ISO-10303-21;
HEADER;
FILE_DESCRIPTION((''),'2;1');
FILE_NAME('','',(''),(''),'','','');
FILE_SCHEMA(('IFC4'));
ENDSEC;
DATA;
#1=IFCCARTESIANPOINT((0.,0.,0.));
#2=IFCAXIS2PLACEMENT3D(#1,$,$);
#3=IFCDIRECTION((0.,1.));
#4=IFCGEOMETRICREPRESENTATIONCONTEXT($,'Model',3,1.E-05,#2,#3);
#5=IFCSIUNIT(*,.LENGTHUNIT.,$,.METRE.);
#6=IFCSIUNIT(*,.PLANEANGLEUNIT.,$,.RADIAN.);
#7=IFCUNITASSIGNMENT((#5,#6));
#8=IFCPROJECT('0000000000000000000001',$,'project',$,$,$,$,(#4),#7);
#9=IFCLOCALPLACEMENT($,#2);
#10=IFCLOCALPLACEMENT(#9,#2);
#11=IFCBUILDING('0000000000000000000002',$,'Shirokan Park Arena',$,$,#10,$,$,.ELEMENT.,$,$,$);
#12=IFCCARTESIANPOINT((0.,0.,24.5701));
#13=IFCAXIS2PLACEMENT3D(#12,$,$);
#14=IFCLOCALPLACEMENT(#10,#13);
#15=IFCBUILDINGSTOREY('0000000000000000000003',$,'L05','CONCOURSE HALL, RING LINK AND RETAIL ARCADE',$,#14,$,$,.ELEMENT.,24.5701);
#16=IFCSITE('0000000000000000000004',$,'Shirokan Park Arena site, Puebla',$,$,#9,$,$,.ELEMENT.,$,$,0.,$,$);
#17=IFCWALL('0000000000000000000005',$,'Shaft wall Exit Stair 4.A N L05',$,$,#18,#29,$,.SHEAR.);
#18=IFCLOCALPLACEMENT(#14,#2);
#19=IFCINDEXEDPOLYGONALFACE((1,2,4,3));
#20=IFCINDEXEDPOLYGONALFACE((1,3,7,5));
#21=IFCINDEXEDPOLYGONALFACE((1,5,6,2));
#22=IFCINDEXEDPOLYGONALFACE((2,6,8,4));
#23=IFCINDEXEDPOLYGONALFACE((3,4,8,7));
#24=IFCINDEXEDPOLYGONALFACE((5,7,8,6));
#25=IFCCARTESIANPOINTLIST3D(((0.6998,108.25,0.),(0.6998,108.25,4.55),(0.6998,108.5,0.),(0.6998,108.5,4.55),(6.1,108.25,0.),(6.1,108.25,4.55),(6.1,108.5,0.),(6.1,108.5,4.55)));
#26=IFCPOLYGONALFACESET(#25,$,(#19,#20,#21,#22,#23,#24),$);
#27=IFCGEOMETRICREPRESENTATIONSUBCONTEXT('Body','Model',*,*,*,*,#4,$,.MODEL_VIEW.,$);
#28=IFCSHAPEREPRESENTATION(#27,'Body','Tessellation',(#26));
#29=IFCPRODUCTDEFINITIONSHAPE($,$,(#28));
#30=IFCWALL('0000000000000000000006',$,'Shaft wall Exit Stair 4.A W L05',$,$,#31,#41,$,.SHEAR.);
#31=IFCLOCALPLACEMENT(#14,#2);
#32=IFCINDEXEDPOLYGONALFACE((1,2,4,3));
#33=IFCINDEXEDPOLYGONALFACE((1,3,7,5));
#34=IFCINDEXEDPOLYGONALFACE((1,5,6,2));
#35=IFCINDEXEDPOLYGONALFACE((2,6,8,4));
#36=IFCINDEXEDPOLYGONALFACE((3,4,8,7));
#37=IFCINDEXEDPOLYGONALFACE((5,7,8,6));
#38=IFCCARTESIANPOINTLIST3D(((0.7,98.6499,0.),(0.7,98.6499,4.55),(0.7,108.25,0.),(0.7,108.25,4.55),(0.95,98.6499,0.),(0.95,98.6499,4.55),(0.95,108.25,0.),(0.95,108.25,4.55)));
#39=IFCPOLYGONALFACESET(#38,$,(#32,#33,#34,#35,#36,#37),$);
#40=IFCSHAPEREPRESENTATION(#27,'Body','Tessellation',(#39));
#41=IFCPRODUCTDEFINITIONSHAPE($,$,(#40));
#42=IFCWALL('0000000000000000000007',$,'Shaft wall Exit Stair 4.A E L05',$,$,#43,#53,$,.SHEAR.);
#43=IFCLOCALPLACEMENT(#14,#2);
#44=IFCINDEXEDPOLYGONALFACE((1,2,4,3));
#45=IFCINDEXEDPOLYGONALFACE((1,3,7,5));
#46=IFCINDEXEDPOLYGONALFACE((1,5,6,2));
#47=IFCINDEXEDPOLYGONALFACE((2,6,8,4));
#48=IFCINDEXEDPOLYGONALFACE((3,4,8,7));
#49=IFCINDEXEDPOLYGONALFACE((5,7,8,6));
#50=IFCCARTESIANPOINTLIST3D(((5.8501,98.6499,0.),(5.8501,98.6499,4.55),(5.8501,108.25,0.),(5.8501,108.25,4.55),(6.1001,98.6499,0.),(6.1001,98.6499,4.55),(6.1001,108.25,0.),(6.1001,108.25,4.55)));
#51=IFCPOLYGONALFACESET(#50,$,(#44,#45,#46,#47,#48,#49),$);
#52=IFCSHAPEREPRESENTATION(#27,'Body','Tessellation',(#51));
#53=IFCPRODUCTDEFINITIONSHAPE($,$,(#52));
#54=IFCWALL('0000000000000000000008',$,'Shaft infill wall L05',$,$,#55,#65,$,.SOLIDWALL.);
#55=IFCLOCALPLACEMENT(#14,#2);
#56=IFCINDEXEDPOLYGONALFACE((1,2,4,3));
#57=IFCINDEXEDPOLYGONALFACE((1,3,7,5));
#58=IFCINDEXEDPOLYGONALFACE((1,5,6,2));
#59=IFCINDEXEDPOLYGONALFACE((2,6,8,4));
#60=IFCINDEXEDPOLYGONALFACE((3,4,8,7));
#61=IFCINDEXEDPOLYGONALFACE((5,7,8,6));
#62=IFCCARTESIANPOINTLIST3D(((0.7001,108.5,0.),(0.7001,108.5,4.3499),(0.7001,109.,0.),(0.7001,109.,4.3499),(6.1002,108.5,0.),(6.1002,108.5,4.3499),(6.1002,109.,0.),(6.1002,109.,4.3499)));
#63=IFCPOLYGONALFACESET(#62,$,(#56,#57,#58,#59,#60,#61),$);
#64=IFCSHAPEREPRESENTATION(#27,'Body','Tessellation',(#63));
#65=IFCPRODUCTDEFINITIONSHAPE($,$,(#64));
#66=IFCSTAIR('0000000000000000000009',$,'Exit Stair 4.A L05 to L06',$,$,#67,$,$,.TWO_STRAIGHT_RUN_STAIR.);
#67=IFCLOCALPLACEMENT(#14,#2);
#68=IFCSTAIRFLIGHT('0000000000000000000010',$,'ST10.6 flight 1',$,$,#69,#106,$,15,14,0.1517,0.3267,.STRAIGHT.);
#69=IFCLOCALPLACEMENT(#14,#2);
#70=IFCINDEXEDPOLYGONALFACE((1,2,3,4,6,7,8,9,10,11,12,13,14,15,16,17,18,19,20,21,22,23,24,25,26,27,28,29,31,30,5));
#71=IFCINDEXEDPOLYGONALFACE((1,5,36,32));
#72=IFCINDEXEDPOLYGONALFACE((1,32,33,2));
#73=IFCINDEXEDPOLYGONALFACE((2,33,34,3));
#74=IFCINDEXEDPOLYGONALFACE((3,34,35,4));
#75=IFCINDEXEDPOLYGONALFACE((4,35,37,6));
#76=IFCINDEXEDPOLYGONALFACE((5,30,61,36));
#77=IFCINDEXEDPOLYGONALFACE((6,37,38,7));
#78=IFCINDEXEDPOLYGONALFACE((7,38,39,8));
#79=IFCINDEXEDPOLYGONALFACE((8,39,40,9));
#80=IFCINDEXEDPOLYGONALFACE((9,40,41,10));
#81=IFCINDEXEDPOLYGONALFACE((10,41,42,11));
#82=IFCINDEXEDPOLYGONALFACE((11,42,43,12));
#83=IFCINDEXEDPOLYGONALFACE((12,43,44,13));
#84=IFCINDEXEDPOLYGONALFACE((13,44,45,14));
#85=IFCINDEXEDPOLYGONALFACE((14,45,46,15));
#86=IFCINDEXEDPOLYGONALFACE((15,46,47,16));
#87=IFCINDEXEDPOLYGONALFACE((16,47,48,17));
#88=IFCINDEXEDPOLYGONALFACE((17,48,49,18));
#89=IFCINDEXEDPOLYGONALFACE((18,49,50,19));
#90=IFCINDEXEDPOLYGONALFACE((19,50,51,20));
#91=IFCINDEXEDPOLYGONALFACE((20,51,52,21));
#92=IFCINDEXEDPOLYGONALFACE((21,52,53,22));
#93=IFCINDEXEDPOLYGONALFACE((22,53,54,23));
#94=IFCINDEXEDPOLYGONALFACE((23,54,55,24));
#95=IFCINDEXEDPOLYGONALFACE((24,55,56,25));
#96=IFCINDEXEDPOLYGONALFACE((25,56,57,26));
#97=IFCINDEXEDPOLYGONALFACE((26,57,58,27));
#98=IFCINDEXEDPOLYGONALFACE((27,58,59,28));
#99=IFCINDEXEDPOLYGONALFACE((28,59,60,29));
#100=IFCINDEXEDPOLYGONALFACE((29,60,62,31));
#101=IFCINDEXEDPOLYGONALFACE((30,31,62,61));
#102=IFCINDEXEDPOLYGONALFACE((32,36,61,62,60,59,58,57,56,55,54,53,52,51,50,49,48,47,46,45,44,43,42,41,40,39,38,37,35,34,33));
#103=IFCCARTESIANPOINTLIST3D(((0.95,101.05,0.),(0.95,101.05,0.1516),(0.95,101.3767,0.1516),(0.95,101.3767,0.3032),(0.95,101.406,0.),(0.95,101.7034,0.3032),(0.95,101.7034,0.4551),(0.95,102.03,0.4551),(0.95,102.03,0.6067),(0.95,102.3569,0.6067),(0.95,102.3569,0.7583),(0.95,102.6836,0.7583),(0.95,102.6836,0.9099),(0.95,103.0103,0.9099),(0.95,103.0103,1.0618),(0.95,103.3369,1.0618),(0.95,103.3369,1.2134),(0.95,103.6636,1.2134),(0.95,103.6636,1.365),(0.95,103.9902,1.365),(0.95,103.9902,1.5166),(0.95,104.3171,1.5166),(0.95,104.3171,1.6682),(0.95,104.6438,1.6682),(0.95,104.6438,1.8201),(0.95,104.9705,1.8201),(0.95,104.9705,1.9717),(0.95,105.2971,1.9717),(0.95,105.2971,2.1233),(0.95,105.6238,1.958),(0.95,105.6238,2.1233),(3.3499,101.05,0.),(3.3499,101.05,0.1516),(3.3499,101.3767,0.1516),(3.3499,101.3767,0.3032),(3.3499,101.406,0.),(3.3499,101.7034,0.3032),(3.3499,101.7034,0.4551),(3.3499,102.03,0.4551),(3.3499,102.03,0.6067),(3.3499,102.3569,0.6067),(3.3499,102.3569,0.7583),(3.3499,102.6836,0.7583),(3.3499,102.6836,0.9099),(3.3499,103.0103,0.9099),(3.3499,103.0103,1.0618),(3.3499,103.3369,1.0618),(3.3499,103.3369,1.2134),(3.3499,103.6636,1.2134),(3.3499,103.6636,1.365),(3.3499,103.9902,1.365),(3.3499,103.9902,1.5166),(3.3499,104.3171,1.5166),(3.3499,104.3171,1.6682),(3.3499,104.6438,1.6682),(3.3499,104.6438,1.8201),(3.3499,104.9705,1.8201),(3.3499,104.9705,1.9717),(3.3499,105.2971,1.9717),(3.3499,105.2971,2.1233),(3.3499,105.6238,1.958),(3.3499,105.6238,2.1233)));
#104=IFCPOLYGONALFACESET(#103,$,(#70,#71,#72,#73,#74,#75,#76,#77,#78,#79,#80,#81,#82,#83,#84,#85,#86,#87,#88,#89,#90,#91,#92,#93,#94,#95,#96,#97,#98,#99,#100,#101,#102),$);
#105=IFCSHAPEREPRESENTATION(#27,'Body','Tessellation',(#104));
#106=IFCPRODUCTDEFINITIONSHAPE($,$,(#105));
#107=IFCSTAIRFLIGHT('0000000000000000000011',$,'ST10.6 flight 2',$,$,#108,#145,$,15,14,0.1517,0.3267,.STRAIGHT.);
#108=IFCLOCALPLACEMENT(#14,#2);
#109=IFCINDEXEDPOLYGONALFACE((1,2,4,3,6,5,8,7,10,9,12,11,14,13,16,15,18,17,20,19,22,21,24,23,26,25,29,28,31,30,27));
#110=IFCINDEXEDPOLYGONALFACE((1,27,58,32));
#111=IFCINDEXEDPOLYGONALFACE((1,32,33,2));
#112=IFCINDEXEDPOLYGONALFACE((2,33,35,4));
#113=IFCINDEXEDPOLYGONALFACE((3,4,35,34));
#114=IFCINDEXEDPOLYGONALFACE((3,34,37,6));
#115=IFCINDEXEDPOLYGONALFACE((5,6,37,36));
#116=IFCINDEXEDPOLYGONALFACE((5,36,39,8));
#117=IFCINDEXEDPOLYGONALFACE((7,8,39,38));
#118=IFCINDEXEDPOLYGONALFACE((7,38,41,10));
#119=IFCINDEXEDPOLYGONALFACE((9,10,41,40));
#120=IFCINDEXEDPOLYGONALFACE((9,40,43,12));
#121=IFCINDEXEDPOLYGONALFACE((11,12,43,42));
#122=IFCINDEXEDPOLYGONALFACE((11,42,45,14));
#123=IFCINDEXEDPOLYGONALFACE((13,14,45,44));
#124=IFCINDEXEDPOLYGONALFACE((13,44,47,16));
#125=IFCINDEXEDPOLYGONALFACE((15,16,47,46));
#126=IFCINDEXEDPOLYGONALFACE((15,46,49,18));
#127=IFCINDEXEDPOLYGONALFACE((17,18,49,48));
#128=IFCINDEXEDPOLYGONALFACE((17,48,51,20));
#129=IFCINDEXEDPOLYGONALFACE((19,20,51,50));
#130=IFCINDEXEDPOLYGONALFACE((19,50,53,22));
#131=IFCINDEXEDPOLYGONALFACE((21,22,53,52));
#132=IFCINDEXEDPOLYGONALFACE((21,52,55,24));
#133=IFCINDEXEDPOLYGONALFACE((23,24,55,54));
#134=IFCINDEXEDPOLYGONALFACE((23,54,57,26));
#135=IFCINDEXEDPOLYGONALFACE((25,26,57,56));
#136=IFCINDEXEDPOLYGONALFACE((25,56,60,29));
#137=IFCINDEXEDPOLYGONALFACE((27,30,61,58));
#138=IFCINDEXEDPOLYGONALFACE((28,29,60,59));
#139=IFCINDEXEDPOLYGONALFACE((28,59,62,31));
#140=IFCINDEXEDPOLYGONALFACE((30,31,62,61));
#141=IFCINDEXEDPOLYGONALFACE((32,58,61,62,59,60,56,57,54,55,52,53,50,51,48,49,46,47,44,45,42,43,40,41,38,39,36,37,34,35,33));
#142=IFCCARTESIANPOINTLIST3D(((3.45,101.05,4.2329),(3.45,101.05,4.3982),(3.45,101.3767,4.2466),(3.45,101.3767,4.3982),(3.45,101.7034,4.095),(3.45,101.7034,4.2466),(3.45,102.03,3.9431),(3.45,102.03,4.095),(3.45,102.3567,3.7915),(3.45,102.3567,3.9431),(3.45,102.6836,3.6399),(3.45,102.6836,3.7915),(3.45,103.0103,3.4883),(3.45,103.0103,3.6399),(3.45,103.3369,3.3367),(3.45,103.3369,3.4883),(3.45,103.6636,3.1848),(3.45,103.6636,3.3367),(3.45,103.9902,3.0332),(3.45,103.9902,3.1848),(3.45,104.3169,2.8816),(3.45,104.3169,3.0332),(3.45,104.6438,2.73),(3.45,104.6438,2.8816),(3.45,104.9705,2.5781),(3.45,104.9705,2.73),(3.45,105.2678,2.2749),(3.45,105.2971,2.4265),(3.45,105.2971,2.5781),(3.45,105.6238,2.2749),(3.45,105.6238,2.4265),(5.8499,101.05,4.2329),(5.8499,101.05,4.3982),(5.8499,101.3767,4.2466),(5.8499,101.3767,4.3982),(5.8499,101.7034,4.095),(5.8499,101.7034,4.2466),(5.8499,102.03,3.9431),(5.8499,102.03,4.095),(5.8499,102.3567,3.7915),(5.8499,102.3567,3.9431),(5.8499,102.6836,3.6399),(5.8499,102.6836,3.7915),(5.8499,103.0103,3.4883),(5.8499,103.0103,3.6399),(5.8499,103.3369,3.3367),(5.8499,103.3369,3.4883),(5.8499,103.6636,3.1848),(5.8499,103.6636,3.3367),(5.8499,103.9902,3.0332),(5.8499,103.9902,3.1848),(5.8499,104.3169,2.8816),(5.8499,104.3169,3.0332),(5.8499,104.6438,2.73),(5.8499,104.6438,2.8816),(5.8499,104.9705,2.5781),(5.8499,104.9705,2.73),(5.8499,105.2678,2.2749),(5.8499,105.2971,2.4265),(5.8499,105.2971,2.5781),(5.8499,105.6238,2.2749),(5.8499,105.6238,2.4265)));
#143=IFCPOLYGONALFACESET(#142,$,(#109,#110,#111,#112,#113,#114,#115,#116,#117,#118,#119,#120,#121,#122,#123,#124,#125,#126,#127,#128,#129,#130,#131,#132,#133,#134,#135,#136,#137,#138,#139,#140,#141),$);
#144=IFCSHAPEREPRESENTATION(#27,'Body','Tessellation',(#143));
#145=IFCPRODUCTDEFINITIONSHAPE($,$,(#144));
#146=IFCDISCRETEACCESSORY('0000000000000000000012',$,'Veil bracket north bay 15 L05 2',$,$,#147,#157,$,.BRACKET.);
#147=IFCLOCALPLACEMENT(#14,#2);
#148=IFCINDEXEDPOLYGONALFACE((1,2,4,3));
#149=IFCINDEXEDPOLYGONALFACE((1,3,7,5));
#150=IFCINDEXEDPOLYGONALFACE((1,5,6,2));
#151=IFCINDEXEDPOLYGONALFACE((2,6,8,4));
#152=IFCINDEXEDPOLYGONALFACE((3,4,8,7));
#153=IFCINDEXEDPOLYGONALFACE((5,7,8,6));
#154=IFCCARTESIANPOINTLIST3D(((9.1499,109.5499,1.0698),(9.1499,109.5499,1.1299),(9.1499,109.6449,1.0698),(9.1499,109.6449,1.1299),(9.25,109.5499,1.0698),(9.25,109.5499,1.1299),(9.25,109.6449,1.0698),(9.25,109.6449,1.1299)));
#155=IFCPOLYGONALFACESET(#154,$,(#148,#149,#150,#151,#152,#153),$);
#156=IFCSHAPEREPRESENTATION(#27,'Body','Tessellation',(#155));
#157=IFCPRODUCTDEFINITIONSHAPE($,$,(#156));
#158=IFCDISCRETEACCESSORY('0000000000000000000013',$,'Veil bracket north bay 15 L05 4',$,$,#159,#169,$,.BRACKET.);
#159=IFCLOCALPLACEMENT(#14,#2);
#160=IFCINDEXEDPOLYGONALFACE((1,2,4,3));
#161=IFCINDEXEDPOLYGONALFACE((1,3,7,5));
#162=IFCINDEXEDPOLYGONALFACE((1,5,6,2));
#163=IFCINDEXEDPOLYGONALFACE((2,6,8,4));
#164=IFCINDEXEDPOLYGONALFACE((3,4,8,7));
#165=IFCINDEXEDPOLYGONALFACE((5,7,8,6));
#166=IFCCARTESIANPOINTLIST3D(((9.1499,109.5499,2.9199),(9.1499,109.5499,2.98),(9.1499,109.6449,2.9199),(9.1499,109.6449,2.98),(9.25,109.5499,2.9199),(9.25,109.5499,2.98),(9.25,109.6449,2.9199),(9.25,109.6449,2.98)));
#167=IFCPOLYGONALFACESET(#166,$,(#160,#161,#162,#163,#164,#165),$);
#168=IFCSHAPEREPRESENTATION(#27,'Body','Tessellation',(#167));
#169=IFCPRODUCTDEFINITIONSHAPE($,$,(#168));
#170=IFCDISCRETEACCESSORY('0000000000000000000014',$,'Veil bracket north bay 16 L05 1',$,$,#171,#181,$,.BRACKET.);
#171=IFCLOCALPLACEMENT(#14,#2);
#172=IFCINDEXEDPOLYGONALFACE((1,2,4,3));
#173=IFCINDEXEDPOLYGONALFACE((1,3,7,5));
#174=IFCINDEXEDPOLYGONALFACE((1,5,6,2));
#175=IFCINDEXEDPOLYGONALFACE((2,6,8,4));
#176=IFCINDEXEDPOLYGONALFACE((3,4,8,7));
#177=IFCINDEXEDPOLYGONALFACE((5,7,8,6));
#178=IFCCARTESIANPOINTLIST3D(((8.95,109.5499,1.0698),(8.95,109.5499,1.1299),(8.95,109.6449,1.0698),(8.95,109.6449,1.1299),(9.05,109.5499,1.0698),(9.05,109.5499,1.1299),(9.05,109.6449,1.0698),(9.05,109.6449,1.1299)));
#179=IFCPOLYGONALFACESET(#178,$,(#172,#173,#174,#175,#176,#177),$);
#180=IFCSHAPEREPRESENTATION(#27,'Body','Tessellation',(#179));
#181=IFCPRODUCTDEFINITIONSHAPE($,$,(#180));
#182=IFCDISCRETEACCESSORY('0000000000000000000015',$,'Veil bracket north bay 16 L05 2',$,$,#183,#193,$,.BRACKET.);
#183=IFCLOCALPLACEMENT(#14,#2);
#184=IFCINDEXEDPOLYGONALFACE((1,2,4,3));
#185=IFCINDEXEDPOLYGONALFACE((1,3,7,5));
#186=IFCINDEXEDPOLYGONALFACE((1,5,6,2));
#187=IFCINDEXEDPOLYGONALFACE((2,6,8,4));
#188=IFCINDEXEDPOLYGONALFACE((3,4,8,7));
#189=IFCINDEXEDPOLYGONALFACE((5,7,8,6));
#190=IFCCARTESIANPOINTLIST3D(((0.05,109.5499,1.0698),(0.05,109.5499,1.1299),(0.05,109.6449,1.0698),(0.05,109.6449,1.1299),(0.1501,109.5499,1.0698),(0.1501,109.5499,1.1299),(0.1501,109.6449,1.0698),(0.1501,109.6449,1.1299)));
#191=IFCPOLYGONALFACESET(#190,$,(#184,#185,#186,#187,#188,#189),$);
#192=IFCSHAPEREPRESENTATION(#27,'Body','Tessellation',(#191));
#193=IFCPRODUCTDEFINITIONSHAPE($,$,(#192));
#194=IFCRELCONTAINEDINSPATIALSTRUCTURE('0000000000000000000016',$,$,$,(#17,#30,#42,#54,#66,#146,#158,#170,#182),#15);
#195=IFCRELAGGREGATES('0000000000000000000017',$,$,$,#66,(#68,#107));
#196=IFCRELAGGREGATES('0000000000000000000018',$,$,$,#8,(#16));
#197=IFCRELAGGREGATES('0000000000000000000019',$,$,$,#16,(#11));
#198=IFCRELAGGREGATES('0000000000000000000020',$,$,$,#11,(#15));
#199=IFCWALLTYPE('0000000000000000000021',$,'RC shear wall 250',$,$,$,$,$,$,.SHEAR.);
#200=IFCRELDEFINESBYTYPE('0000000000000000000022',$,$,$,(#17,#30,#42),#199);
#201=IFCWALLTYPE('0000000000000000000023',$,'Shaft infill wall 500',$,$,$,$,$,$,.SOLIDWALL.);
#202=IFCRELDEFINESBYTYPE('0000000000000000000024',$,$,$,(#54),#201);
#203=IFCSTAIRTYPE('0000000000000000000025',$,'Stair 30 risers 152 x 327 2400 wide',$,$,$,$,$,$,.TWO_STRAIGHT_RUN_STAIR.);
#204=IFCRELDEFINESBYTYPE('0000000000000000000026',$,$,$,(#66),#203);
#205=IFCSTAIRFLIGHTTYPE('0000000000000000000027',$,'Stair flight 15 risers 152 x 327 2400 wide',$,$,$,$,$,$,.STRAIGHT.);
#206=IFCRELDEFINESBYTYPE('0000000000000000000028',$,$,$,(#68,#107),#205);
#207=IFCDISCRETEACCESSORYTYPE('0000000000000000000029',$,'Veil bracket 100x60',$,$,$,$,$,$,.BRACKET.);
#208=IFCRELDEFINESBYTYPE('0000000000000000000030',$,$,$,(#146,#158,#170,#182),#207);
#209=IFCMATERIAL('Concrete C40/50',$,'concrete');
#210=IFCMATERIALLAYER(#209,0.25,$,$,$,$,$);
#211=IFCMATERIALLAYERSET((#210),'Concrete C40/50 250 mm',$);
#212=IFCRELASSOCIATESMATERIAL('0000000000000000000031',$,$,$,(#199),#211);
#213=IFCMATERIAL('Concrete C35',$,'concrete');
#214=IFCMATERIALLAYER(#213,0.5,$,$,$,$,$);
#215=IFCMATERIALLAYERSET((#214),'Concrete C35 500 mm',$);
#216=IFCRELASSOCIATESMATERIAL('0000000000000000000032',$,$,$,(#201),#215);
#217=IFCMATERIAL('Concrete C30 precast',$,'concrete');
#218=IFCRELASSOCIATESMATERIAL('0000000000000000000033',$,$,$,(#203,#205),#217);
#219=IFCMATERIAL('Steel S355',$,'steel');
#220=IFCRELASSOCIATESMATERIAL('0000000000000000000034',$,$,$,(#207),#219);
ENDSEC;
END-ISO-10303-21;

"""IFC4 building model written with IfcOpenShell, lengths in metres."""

from ifc_helpers import new_model, si_unit, direction, frame, frame_2d, origin, origin_2d, place, context, subcontext, project, spatial, polyline, rectangle, outline, extrude, material, layer, layer_set, type_object, element, aggregate, save


model = new_model("IFC4")

# Units and contexts
model_context = context("Model", 3, precision=1e-05, world=origin(), true_north=direction((0.0, 1.0)))
body_context = subcontext(model_context, "Body", "Model", "MODEL_VIEW")
ifc_project = project(units=[si_unit("LENGTHUNIT", "METRE"), si_unit("PLANEANGLEUNIT", "RADIAN")], contexts=[model_context])

# Site, building, storey
site_placement = place(None, origin())
site = spatial("IfcSite", under=ifc_project, at=site_placement, Name="Shirokan Park Arena site, Puebla", CompositionType="ELEMENT", RefElevation=0.0)
building_placement = place(site_placement, origin())
building = spatial("IfcBuilding", under=site, at=building_placement, Name="Shirokan Park Arena", CompositionType="ELEMENT")
storey_placement = place(building_placement, frame((0.0, 0.0, 24.5701)))
storey = spatial("IfcBuildingStorey", under=building, at=storey_placement, Name="L05", Description="CONCOURSE HALL, RING LINK AND RETAIL ARCADE", CompositionType="ELEMENT", Elevation=24.5701)

# Shared definitions
ifc_material_1 = material(Name="Concrete C35", Category="concrete")

# Walls
ifc_material_2 = material(Name="Concrete C40/50", Category="concrete")
ifc_layer_1 = layer(ifc_material_2, 0.25)
ifc_layer_set_1 = layer_set([ifc_layer_1], Name="Concrete C40/50 250 mm")
wall_type_1 = type_object("IfcWallType", Name="RC shear wall 250", PredefinedType="SHEAR", material=ifc_layer_set_1)
wall_1_placement = place(storey_placement, frame((6.1001, 108.375, 0.0), z_axis=(0.0, 0.0, 1.0), x_axis=(-1.0, 0.0, 0.0)))
element("IfcWall", 1, at=wall_1_placement, inside=storey, type_object=wall_type_1, Name="Shaft wall Exit Stair 4.A N L05", PredefinedType="SHEAR", context=body_context, shape_type="SweptSolid", body=[
    extrude(rectangle(XDim=5.4001, YDim=0.25, at=frame_2d((2.7002, 0.0))), origin(), (0.0, 0.0, 1.0), 4.55),
])
for number, where, z_axis, x_axis, name in (
    (2, (0.825, 108.25, 0.0), (0.0, 0.0, 1.0), (0.0, -1.0, 0.0), "Shaft wall Exit Stair 4.A W L05"),
    (3, (5.9751, 108.25, 0.0), (0.0, 0.0, 1.0), (0.0, -1.0, 0.0), "Shaft wall Exit Stair 4.A E L05"),
):
    element("IfcWall", number, at=place(storey_placement, frame(where, z_axis=z_axis, x_axis=x_axis)), inside=storey, type_object=wall_type_1, Name=name, PredefinedType="SHEAR", context=body_context, shape_type="SweptSolid", body=[
        extrude(rectangle(XDim=9.6001, YDim=0.25, at=frame_2d((4.8, 0.0))), origin(), (0.0, 0.0, 1.0), 4.55),
    ])
ifc_layer_2 = layer(ifc_material_1, 0.5)
ifc_layer_set_2 = layer_set([ifc_layer_2], Name="Concrete C35 500 mm")
wall_type_2 = type_object("IfcWallType", Name="Shaft infill wall 500", PredefinedType="SOLIDWALL", material=ifc_layer_set_2)
wall_2_placement = place(storey_placement, frame((0.7, 108.75, 0.0), z_axis=(0.0, 0.0, 1.0), x_axis=(1.0, 0.0, 0.0)))
element("IfcWall", 4, at=wall_2_placement, inside=storey, type_object=wall_type_2, Name="Shaft infill wall L05", PredefinedType="SOLIDWALL", context=body_context, shape_type="SweptSolid", body=[
    extrude(rectangle(XDim=5.4001, YDim=0.5, at=frame_2d((2.7002, 0.0))), origin(), (0.0, 0.0, 1.0), 4.3499),
])

# Stair, stair flights
ifc_material_3 = material(Name="Concrete C30 precast", Category="concrete")
stair_type = type_object("IfcStairType", Name="Stair 30 risers 152 x 327 2400 wide", PredefinedType="TWO_STRAIGHT_RUN_STAIR", material=ifc_material_3)
stair_placement = place(storey_placement, origin())
stair = element("IfcStair", 5, at=stair_placement, inside=storey, type_object=stair_type, Name="Exit Stair 4.A L05 to L06", PredefinedType="TWO_STRAIGHT_RUN_STAIR")
stair_flight_type = type_object("IfcStairFlightType", Name="Stair flight 15 risers 152 x 327 2400 wide", PredefinedType="STRAIGHT", material=ifc_material_3)
stair_flight_1_placement = place(storey_placement, frame((2.1499, 101.05, 0.0), z_axis=(0.0, 0.0, 1.0), x_axis=(0.0, 1.0, 0.0)))
stair_flight_1 = element("IfcStairFlight", 6, at=stair_flight_1_placement, type_object=stair_flight_type, Name="ST10.6 flight 1", NumberOfRisers=15, NumberOfTreads=14, PredefinedType="STRAIGHT", RiserHeight=0.1517, TreadLength=0.3267, context=body_context, shape_type="SweptSolid", body=[
    extrude(outline(polyline([(0.0, 0.0), (0.0, 0.1516), (0.3267, 0.1516), (0.3267, 0.3032), (0.6533, 0.3032), (0.6533, 0.4551), (0.98, 0.4551), (0.98, 0.6067), (1.3069, 0.6067), (1.3069, 0.7583), (1.6335, 0.7583), (1.6335, 0.9099), (1.9602, 0.9099), (1.9602, 1.0618), (2.2869, 1.0618), (2.2869, 1.2134), (2.6135, 1.2134), (2.6135, 1.365), (2.9402, 1.365), (2.9402, 1.5166), (3.2671, 1.5166), (3.2671, 1.6682), (3.5938, 1.6682), (3.5938, 1.8201), (3.9204, 1.8201), (3.9204, 1.9717), (4.2471, 1.9717), (4.2471, 2.1233), (4.5737, 2.1233), (4.5737, 2.2749), (4.5737, 1.958), (0.356, 0.0), (0.0, 0.0)])), frame((0.0, 1.2, 0.0), z_axis=(0.0, -1.0, 0.0), x_axis=(1.0, 0.0, 0.0)), (0.0, 0.0, 1.0), 2.3999),
])
stair_flight_2_placement = place(storey_placement, frame((4.6499, 105.6238, 2.2749), z_axis=(0.0, 0.0, 1.0), x_axis=(0.0, -1.0, 0.0)))
stair_flight_2 = element("IfcStairFlight", 7, at=stair_flight_2_placement, type_object=stair_flight_type, Name="ST10.6 flight 2", NumberOfRisers=15, NumberOfTreads=14, PredefinedType="STRAIGHT", RiserHeight=0.1517, TreadLength=0.3267, context=body_context, shape_type="SweptSolid", body=[
    extrude(outline(polyline([(0.0, 0.0), (0.0, 0.1516), (0.3267, 0.1516), (0.3267, 0.3032), (0.6533, 0.3032), (0.6533, 0.4551), (0.98, 0.4551), (0.98, 0.6067), (1.3069, 0.6067), (1.3069, 0.7583), (1.6335, 0.7583), (1.6335, 0.9099), (1.9602, 0.9099), (1.9602, 1.0618), (2.2869, 1.0618), (2.2869, 1.2134), (2.6135, 1.2134), (2.6135, 1.365), (2.9402, 1.365), (2.9402, 1.5166), (3.2671, 1.5166), (3.2671, 1.6682), (3.5938, 1.6682), (3.5938, 1.8201), (3.9204, 1.8201), (3.9204, 1.9717), (4.2471, 1.9717), (4.2471, 2.1233), (4.5737, 2.1233), (4.5737, 2.2749), (4.5737, 1.958), (0.356, 0.0), (0.0, 0.0)])), frame((0.0, 1.2, 0.0), z_axis=(0.0, -1.0, 0.0), x_axis=(1.0, 0.0, 0.0)), (0.0, 0.0, 1.0), 2.3999),
])
aggregate(stair, [stair_flight_1, stair_flight_2])

# Discrete accessories
ifc_material_4 = material(Name="Steel S355", Category="steel")
discrete_accessory_type = type_object("IfcDiscreteAccessoryType", Name="Veil bracket 100x60", PredefinedType="BRACKET", material=ifc_material_4)
for number, where, z_axis, x_axis, name in (
    (8, (9.2, 109.5974, 1.0698), (0.0, 0.0, 1.0), (-1.0, 0.0, 0.0), "Veil bracket north bay 15 L05 2"),
    (9, (9.2, 109.5974, 2.9199), (0.0, 0.0, 1.0), (-1.0, 0.0, 0.0), "Veil bracket north bay 15 L05 4"),
    (10, (9.0, 109.5974, 1.0698), (0.0, 0.0, 1.0), (-1.0, 0.0, 0.0), "Veil bracket north bay 16 L05 1"),
    (11, (0.1001, 109.5974, 1.0698), (0.0, 0.0, 1.0), (-1.0, 0.0, 0.0), "Veil bracket north bay 16 L05 2"),
):
    element("IfcDiscreteAccessory", number, at=place(storey_placement, frame(where, z_axis=z_axis, x_axis=x_axis)), inside=storey, type_object=discrete_accessory_type, Name=name, PredefinedType="BRACKET", context=body_context, shape_type="SweptSolid", body=[
        extrude(rectangle(XDim=0.1001, YDim=0.095, at=origin_2d()), origin(), (0.0, 0.0, 1.0), 0.0601),
    ])

save(model, "model.ifc")
